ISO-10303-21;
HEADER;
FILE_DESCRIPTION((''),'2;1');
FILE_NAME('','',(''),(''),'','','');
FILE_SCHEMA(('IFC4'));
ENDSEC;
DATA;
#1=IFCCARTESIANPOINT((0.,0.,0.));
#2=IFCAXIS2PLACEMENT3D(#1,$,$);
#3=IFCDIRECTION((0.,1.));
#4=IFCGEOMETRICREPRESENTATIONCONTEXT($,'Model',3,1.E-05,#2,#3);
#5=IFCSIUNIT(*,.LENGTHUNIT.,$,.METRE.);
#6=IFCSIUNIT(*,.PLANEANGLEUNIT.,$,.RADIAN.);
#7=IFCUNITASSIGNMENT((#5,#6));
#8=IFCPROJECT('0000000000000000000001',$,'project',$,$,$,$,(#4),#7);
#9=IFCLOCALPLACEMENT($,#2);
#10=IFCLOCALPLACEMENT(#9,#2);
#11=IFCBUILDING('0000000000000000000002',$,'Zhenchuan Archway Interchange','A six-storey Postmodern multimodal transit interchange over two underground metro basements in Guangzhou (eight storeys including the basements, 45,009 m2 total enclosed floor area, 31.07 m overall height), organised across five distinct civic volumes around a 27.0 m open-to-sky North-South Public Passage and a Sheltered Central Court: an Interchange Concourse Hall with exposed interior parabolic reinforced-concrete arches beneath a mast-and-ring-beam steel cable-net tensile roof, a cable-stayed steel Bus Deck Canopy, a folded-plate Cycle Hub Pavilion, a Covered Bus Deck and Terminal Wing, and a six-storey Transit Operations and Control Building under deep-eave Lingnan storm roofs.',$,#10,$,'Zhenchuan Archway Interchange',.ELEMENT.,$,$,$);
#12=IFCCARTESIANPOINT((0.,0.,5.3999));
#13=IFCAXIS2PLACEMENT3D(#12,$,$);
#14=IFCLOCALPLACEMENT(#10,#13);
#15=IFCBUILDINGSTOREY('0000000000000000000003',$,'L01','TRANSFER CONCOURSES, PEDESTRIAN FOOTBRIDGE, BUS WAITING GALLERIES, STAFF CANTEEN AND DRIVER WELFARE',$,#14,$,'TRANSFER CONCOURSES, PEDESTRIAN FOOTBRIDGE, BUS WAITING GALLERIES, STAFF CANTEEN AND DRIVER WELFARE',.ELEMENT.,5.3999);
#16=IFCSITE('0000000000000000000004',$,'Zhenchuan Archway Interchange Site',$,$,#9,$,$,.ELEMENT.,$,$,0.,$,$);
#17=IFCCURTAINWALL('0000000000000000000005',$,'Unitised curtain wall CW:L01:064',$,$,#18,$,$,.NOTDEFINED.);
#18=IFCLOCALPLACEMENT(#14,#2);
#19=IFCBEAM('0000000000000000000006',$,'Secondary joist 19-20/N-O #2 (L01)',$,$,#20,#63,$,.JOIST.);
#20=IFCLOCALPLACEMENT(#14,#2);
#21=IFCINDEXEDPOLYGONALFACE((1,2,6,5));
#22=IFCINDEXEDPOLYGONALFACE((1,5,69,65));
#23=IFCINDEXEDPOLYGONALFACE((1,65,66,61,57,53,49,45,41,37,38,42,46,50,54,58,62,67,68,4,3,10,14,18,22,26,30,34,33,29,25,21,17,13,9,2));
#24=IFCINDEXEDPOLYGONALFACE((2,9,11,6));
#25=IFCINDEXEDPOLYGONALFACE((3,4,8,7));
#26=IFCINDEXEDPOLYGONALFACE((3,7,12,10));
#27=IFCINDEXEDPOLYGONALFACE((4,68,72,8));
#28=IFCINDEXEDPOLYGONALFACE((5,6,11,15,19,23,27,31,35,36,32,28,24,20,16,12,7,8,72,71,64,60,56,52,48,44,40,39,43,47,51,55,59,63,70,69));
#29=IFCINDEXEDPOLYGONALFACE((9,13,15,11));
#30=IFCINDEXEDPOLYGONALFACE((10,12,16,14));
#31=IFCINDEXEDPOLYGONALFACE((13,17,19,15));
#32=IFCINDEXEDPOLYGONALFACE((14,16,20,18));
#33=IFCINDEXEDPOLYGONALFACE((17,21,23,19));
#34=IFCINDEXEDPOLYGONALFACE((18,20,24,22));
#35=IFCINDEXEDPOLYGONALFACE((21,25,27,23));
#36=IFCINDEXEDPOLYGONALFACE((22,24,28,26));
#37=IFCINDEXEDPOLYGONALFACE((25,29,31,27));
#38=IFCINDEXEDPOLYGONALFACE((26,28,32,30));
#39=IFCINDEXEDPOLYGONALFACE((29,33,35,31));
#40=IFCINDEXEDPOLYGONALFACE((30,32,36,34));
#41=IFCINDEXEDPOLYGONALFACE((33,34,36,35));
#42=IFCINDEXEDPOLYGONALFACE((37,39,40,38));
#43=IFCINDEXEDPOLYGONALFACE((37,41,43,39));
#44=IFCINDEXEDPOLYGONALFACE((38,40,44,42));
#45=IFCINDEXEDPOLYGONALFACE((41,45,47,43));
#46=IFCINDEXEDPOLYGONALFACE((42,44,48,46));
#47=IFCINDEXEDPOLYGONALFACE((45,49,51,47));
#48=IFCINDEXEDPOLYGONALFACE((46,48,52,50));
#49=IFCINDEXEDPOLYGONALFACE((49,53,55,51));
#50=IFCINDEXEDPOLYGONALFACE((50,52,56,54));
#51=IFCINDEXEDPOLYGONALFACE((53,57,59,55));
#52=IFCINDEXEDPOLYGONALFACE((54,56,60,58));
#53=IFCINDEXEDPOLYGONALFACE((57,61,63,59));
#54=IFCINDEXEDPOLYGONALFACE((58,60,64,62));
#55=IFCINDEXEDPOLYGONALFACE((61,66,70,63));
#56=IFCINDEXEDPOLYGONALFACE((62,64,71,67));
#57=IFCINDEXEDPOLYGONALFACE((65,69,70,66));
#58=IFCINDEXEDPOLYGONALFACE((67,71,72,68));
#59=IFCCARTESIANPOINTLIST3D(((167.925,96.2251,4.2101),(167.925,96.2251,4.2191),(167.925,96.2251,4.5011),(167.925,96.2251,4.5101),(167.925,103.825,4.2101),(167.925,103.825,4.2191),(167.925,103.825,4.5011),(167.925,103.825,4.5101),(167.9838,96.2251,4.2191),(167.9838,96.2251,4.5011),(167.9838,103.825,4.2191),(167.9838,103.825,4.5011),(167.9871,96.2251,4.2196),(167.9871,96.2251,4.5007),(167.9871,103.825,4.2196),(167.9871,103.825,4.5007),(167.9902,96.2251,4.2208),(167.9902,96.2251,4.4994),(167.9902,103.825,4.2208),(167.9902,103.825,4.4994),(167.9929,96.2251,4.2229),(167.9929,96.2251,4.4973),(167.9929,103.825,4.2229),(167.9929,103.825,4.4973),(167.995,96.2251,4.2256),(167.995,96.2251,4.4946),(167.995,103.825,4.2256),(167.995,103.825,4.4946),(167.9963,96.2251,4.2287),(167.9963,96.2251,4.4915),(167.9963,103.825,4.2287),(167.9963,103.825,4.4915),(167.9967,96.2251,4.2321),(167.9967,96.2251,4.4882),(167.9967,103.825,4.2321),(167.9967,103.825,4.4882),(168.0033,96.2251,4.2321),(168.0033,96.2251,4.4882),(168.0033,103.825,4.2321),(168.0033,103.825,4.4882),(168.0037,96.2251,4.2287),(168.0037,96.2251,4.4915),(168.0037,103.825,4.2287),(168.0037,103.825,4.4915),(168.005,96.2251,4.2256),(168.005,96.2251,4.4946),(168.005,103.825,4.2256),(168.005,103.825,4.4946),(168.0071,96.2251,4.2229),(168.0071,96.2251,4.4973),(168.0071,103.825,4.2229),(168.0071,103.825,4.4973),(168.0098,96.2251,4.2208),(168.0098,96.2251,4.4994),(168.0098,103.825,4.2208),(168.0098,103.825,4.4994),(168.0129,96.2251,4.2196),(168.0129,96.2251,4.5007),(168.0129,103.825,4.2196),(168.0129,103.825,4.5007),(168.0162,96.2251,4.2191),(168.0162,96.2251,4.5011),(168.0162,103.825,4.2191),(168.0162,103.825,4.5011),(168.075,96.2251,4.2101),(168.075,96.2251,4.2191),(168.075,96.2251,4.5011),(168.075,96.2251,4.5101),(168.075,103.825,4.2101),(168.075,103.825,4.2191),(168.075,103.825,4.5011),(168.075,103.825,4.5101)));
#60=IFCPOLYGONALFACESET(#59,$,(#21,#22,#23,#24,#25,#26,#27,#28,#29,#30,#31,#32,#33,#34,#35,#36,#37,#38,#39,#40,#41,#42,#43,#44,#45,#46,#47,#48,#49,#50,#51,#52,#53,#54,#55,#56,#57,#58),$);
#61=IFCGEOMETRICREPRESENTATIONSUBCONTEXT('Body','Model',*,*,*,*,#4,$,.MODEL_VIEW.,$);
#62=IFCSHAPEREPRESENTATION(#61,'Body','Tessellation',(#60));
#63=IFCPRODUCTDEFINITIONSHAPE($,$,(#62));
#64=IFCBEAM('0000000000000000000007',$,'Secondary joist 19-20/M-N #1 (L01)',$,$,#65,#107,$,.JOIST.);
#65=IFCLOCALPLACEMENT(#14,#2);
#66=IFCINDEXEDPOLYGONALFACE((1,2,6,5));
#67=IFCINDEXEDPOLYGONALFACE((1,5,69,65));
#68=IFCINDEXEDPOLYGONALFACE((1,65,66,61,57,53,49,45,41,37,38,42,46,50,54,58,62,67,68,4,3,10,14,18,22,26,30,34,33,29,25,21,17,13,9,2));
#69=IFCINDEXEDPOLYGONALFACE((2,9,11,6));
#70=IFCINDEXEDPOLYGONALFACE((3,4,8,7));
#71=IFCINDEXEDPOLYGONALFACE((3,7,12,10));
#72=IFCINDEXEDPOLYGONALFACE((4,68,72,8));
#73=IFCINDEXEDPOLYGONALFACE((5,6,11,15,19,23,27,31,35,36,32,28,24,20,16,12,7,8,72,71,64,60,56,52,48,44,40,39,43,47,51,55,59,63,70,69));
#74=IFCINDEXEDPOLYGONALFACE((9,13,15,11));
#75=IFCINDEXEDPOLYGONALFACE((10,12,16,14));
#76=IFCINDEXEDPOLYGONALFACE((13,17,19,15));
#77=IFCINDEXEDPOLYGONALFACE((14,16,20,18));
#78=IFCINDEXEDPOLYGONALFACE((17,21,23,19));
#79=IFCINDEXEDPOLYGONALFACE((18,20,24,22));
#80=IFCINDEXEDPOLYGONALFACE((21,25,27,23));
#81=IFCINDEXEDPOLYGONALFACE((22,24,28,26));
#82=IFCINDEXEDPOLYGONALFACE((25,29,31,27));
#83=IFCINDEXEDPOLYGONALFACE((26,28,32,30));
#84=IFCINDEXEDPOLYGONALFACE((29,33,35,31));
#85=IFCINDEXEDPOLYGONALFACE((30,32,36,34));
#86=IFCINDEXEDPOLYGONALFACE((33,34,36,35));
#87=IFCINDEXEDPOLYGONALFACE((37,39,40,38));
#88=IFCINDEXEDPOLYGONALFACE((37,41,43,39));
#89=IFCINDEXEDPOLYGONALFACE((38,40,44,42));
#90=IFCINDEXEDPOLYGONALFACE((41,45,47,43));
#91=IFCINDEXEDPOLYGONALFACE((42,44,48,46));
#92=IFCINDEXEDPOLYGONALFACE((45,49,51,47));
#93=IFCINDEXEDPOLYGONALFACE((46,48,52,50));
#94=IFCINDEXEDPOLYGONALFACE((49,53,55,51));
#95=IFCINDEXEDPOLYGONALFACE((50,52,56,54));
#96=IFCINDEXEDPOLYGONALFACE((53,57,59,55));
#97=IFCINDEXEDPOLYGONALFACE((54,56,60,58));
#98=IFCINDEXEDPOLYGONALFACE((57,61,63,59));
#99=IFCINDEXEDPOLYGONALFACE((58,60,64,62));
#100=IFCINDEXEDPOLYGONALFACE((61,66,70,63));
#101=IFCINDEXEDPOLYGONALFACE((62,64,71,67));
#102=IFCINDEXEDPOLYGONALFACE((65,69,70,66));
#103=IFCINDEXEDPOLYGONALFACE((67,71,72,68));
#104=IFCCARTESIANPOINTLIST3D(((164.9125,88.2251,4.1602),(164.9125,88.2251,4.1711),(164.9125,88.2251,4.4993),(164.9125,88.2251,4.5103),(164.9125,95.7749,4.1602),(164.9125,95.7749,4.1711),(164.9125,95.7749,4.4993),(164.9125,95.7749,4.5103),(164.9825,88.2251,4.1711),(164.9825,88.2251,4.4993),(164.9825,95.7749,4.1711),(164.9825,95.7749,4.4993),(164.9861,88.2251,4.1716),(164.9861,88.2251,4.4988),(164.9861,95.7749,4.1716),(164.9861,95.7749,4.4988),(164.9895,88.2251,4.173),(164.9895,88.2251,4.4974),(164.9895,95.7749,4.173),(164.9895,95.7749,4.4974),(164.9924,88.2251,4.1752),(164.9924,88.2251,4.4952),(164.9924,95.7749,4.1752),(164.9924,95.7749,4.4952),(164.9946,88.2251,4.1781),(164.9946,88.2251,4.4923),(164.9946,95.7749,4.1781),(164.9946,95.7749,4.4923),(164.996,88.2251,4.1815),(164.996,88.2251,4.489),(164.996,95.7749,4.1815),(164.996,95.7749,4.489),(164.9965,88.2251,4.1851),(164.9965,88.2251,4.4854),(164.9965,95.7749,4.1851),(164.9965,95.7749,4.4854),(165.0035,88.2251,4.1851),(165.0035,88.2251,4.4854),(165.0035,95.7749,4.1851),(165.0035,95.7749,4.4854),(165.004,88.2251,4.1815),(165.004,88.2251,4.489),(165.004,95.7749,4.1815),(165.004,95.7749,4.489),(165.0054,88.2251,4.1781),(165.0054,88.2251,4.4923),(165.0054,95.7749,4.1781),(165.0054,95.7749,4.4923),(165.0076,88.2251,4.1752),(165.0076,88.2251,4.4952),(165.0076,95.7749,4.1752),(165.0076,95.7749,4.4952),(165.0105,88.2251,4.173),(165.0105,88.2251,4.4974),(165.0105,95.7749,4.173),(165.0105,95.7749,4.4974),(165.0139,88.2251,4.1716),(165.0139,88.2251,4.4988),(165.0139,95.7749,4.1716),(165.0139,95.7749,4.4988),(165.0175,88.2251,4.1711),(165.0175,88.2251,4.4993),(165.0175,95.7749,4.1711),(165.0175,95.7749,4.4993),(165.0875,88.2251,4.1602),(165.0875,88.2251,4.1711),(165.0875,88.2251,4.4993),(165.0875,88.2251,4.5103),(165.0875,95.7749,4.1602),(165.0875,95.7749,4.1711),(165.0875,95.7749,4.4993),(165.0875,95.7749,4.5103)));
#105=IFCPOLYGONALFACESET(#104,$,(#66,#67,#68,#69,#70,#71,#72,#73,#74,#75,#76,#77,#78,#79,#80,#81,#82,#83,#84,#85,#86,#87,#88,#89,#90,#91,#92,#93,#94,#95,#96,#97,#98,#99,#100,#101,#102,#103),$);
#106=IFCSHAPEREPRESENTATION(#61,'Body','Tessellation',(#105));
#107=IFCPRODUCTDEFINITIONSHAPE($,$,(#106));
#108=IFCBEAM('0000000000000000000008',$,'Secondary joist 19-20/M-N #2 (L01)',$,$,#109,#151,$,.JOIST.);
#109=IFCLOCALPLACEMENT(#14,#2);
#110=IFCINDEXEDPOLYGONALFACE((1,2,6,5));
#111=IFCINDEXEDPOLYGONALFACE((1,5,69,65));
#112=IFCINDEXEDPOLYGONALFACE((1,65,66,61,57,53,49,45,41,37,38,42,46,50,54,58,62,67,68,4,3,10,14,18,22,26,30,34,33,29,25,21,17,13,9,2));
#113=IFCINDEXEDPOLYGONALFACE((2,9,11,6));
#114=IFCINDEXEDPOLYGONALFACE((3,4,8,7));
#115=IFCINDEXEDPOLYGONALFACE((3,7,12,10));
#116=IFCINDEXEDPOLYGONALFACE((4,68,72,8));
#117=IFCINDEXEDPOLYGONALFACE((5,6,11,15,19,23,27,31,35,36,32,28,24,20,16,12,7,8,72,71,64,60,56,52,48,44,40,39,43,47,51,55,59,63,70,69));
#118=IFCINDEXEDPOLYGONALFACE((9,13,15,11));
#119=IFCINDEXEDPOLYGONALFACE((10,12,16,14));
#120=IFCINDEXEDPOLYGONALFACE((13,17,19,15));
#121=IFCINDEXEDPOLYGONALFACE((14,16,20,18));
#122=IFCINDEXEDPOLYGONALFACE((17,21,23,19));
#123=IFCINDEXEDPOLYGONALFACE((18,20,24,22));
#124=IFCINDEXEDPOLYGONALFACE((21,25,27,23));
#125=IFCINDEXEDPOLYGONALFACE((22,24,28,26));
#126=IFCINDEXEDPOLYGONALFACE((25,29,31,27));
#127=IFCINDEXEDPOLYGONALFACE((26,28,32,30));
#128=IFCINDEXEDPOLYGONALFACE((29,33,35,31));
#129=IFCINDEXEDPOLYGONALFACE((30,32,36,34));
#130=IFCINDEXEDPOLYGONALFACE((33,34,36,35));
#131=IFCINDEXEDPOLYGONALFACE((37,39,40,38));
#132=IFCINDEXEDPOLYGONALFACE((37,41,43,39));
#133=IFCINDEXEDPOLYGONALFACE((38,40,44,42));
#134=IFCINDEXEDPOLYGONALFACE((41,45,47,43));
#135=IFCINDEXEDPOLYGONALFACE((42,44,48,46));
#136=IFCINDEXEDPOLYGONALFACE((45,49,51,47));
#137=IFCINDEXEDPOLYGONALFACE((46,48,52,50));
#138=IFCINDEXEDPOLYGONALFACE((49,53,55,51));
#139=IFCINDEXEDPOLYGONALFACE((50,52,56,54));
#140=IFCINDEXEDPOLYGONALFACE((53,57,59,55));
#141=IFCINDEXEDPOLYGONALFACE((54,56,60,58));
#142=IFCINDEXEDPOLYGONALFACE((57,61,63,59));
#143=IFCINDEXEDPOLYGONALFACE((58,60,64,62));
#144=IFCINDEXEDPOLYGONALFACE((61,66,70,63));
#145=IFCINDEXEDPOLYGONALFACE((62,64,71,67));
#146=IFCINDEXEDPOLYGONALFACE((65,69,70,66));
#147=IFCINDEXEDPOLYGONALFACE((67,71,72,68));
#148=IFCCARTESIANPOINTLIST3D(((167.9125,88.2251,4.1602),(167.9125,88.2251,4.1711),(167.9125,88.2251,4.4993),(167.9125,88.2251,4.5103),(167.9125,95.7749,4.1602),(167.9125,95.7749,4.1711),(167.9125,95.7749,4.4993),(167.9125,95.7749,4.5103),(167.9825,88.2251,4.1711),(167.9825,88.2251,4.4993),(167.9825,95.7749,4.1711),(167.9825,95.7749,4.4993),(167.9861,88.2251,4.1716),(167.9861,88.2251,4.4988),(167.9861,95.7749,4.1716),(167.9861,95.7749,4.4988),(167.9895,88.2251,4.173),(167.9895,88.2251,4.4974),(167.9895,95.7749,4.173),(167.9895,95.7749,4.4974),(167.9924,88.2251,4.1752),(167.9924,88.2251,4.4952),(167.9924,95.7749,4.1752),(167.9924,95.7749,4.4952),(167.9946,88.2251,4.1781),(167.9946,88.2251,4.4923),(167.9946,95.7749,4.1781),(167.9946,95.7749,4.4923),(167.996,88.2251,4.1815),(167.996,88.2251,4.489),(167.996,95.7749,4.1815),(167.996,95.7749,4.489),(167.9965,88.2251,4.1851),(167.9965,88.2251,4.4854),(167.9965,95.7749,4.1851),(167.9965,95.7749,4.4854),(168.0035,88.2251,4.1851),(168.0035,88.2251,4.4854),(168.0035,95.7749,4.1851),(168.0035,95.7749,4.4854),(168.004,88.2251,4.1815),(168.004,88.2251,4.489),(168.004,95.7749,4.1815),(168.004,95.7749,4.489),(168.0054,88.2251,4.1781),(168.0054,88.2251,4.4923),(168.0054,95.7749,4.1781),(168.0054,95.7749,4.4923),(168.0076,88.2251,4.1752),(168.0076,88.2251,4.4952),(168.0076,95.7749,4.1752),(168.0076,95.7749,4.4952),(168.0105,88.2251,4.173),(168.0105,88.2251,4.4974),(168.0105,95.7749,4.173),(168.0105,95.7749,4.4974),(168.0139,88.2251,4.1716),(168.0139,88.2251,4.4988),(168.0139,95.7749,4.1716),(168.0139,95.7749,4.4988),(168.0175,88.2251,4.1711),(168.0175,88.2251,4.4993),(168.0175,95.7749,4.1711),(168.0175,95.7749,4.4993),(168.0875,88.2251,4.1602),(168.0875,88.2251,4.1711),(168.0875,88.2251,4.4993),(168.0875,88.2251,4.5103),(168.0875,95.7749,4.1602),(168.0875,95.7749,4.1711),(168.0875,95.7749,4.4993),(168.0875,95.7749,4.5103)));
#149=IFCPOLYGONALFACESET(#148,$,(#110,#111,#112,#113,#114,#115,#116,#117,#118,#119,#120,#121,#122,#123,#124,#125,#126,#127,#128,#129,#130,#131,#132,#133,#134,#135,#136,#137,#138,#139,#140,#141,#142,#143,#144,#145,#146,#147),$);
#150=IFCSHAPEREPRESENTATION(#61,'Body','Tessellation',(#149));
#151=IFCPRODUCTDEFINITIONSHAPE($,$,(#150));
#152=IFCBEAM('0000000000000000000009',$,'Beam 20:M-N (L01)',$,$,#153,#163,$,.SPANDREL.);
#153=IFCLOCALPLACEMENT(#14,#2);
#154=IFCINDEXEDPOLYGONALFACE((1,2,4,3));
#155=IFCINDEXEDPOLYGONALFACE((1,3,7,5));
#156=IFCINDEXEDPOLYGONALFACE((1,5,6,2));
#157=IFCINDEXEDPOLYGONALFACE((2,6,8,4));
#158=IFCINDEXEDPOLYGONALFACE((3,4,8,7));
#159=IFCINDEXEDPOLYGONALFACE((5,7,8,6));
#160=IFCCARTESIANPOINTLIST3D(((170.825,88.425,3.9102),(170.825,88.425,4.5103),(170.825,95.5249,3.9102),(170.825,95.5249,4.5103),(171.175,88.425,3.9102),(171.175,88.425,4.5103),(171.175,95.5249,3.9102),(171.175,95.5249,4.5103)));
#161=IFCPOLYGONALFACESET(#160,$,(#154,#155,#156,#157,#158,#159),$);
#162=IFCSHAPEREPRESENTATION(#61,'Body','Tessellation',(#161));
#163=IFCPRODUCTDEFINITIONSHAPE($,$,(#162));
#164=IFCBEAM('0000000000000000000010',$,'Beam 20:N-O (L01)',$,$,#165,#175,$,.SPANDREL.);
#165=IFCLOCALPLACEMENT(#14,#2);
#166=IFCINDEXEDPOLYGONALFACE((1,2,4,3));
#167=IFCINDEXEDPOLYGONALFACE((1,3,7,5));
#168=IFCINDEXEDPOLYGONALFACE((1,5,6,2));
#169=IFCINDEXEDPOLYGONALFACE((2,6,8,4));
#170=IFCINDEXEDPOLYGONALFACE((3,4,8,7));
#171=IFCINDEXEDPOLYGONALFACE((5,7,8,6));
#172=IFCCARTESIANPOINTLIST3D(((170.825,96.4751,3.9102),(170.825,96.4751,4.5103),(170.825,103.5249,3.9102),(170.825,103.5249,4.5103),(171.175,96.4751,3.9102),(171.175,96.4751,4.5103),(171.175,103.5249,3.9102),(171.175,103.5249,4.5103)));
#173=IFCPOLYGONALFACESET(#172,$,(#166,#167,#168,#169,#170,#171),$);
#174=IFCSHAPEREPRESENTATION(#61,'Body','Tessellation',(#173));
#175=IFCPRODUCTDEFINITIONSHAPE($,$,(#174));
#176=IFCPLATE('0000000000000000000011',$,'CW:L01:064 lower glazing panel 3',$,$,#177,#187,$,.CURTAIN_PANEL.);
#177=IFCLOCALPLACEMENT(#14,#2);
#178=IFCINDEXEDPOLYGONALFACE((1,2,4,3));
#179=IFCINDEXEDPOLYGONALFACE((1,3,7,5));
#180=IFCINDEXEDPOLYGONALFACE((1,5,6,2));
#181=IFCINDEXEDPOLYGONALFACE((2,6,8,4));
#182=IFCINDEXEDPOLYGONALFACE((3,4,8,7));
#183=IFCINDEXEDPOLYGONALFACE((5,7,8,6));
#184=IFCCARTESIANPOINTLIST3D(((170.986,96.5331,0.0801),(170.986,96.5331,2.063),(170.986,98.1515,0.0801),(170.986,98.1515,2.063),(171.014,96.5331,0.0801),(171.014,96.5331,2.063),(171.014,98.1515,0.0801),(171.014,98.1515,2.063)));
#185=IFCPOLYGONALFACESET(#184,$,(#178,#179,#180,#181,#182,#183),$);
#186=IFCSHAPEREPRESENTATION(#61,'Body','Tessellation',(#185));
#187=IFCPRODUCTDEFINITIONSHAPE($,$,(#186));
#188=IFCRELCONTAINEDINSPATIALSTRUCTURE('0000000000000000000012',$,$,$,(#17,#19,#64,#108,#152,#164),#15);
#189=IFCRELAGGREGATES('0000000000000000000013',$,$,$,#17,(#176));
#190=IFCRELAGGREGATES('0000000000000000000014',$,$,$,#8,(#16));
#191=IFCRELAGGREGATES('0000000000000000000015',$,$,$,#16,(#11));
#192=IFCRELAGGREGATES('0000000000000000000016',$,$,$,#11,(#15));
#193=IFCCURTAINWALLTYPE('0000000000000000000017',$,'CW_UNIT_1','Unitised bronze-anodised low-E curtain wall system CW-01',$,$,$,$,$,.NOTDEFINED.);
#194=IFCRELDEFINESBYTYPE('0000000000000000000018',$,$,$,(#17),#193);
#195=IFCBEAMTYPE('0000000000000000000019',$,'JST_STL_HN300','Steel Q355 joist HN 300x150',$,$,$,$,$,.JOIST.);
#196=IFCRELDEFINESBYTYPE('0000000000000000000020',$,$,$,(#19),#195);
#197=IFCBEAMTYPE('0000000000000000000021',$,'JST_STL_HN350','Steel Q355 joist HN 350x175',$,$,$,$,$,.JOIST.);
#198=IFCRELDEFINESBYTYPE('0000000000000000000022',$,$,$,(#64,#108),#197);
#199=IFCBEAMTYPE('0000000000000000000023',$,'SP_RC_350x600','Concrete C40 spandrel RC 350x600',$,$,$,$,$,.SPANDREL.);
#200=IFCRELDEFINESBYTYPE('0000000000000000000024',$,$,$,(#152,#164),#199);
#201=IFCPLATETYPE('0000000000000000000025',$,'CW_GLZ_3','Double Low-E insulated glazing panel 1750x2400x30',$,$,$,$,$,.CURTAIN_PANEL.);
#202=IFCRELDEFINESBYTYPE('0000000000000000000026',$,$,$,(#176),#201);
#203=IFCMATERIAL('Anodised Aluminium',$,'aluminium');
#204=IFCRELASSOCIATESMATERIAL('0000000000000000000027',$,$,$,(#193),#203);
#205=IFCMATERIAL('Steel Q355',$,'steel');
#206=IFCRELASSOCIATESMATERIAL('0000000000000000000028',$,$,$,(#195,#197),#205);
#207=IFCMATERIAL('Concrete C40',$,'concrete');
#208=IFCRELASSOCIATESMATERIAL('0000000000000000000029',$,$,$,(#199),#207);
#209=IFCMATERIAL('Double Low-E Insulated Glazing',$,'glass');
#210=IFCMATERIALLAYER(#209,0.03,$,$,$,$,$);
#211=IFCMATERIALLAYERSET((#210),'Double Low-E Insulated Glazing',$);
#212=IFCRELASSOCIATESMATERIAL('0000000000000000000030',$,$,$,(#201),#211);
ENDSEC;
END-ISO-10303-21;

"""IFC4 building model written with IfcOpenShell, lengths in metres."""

from ifc_helpers import new_model, si_unit, direction, frame, origin, origin_2d, place, context, subcontext, project, spatial, rectangle, i_section, extrude, material, layer, layer_set, material_profile, profile_set, type_object, element, aggregate, save


model = new_model("IFC4")

# Units and contexts
model_context = context("Model", 3, precision=1e-05, world=origin(), true_north=direction((0.0, 1.0)))
body_context = subcontext(model_context, "Body", "Model", "MODEL_VIEW")
ifc_project = project(units=[si_unit("LENGTHUNIT", "METRE"), si_unit("PLANEANGLEUNIT", "RADIAN")], contexts=[model_context])

# Site, building, storey
site_placement = place(None, origin())
site = spatial("IfcSite", under=ifc_project, at=site_placement, Name="Zhenchuan Archway Interchange Site", CompositionType="ELEMENT", RefElevation=0.0)
building_placement = place(site_placement, origin())
building = spatial("IfcBuilding", under=site, at=building_placement, Name="Zhenchuan Archway Interchange", Description="A six-storey Postmodern multimodal transit interchange over two underground metro basements in Guangzhou (eight storeys including the basements, 45,009 m2 total enclosed floor area, 31.07 m overall height), organised across five distinct civic volumes around a 27.0 m open-to-sky North-South Public Passage and a Sheltered Central Court: an Interchange Concourse Hall with exposed interior parabolic reinforced-concrete arches beneath a mast-and-ring-beam steel cable-net tensile roof, a cable-stayed steel Bus Deck Canopy, a folded-plate Cycle Hub Pavilion, a Covered Bus Deck and Terminal Wing, and a six-storey Transit Operations and Control Building under deep-eave Lingnan storm roofs.", LongName="Zhenchuan Archway Interchange", CompositionType="ELEMENT")
storey_placement = place(building_placement, frame((0.0, 0.0, 5.3999)))
storey = spatial("IfcBuildingStorey", under=building, at=storey_placement, Name="L01", Description="TRANSFER CONCOURSES, PEDESTRIAN FOOTBRIDGE, BUS WAITING GALLERIES, STAFF CANTEEN AND DRIVER WELFARE", LongName="TRANSFER CONCOURSES, PEDESTRIAN FOOTBRIDGE, BUS WAITING GALLERIES, STAFF CANTEEN AND DRIVER WELFARE", CompositionType="ELEMENT", Elevation=5.3999)

# Shared definitions
ifc_material_1 = material(Name="Concrete C40", Category="concrete")

# Curtain wall
ifc_material_2 = material(Name="Anodised Aluminium", Category="aluminium")
curtain_wall_type = type_object("IfcCurtainWallType", Name="CW_UNIT_1", Description="Unitised bronze-anodised low-E curtain wall system CW-01", PredefinedType="NOTDEFINED", material=ifc_material_2)
curtain_wall_placement = place(storey_placement, origin())
curtain_wall = element("IfcCurtainWall", 1, at=curtain_wall_placement, inside=storey, type_object=curtain_wall_type, Name="Unitised curtain wall CW:L01:064", PredefinedType="NOTDEFINED")

# Beams
ifc_material_3 = material(Name="Steel Q355", Category="steel")
ifc_material_profile_1 = material_profile(ifc_material_3, i_section(OverallWidth=0.1499, OverallDepth=0.3, WebThickness=0.0066, FlangeThickness=0.009, FilletRadius=0.0129, at=origin_2d()), Name="HN 300x150")
ifc_profile_set_1 = profile_set([ifc_material_profile_1], Name="Steel Q355")
beam_type_1 = type_object("IfcBeamType", Name="JST_STL_HN300", Description="Steel Q355 joist HN 300x150", PredefinedType="JOIST", material=ifc_profile_set_1)
for number, where, z_axis, x_axis, name in (
    (2, (168.0, 96.2251, 4.3601), (0.0, 1.0, 0.0), (-1.0, 0.0, 0.0), "Secondary joist 19-20/N-O #2 (L01)"),
):
    element("IfcBeam", number, at=place(storey_placement, frame(where, z_axis=z_axis, x_axis=x_axis)), inside=storey, type_object=beam_type_1, Name=name, PredefinedType="JOIST", context=body_context, shape_type="SweptSolid", body=[
        extrude(i_section(OverallWidth=0.1499, OverallDepth=0.3, WebThickness=0.0066, FlangeThickness=0.009, FilletRadius=0.0129, at=origin_2d()), origin(), (0.0, 0.0, 1.0), 7.5999),
    ])
ifc_material_profile_2 = material_profile(ifc_material_3, i_section(OverallWidth=0.175, OverallDepth=0.3501, WebThickness=0.0071, FlangeThickness=0.011, FilletRadius=0.0139, at=origin_2d()), Name="HN 350x175")
ifc_profile_set_2 = profile_set([ifc_material_profile_2], Name="Steel Q355")
beam_type_2 = type_object("IfcBeamType", Name="JST_STL_HN350", Description="Steel Q355 joist HN 350x175", PredefinedType="JOIST", material=ifc_profile_set_2)
for number, where, z_axis, x_axis, name in (
    (3, (165.0, 88.2251, 4.3352), (0.0, 1.0, 0.0), (-1.0, 0.0, 0.0), "Secondary joist 19-20/M-N #1 (L01)"),
    (4, (168.0, 88.2251, 4.3352), (0.0, 1.0, 0.0), (-1.0, 0.0, 0.0), "Secondary joist 19-20/M-N #2 (L01)"),
):
    element("IfcBeam", number, at=place(storey_placement, frame(where, z_axis=z_axis, x_axis=x_axis)), inside=storey, type_object=beam_type_2, Name=name, PredefinedType="JOIST", context=body_context, shape_type="SweptSolid", body=[
        extrude(i_section(OverallWidth=0.175, OverallDepth=0.3501, WebThickness=0.0071, FlangeThickness=0.011, FilletRadius=0.0139, at=origin_2d()), origin(), (0.0, 0.0, 1.0), 7.5498),
    ])
ifc_material_profile_3 = material_profile(ifc_material_1, rectangle(XDim=0.3501, YDim=0.6001, at=origin_2d()), Name="RC 350x600")
ifc_profile_set_3 = profile_set([ifc_material_profile_3], Name="Concrete C40")
beam_type_3 = type_object("IfcBeamType", Name="SP_RC_350x600", Description="Concrete C40 spandrel RC 350x600", PredefinedType="SPANDREL", material=ifc_profile_set_3)
beam_1_placement = place(storey_placement, frame((171.0, 88.425, 4.2102), z_axis=(0.0, 1.0, 0.0), x_axis=(-1.0, 0.0, 0.0)))
element("IfcBeam", 5, at=beam_1_placement, inside=storey, type_object=beam_type_3, Name="Beam 20:M-N (L01)", PredefinedType="SPANDREL", context=body_context, shape_type="SweptSolid", body=[
    extrude(rectangle(XDim=0.3501, YDim=0.6001, at=origin_2d()), origin(), (0.0, 0.0, 1.0), 7.0999),
])
beam_2_placement = place(storey_placement, frame((171.0, 96.4751, 4.2102), z_axis=(0.0, 1.0, 0.0), x_axis=(-1.0, 0.0, 0.0)))
element("IfcBeam", 6, at=beam_2_placement, inside=storey, type_object=beam_type_3, Name="Beam 20:N-O (L01)", PredefinedType="SPANDREL", context=body_context, shape_type="SweptSolid", body=[
    extrude(rectangle(XDim=0.3501, YDim=0.6001, at=origin_2d()), origin(), (0.0, 0.0, 1.0), 7.0498),
])

# Plate
ifc_material_4 = material(Name="Double Low-E Insulated Glazing", Category="glass")
ifc_layer_1 = layer(ifc_material_4, 0.03)
ifc_layer_set_1 = layer_set([ifc_layer_1], Name="Double Low-E Insulated Glazing")
plate_type_1 = type_object("IfcPlateType", Name="CW_GLZ_3", Description="Double Low-E insulated glazing panel 1750x2400x30", PredefinedType="CURTAIN_PANEL", material=ifc_layer_set_1)
plate_1_placement = place(storey_placement, frame((171.0, 97.3423, 0.0801), z_axis=(0.0, 0.0, 1.0), x_axis=(0.0, -1.0, 0.0)))
plate_1 = element("IfcPlate", 7, at=plate_1_placement, type_object=plate_type_1, Name="CW:L01:064 lower glazing panel 3", PredefinedType="CURTAIN_PANEL", context=body_context, shape_type="SweptSolid", body=[
    extrude(rectangle(XDim=1.6184, YDim=0.0281, at=origin_2d()), origin(), (0.0, 0.0, 1.0), 1.9829),
])
aggregate(curtain_wall, [plate_1])

save(model, "model.ifc")
